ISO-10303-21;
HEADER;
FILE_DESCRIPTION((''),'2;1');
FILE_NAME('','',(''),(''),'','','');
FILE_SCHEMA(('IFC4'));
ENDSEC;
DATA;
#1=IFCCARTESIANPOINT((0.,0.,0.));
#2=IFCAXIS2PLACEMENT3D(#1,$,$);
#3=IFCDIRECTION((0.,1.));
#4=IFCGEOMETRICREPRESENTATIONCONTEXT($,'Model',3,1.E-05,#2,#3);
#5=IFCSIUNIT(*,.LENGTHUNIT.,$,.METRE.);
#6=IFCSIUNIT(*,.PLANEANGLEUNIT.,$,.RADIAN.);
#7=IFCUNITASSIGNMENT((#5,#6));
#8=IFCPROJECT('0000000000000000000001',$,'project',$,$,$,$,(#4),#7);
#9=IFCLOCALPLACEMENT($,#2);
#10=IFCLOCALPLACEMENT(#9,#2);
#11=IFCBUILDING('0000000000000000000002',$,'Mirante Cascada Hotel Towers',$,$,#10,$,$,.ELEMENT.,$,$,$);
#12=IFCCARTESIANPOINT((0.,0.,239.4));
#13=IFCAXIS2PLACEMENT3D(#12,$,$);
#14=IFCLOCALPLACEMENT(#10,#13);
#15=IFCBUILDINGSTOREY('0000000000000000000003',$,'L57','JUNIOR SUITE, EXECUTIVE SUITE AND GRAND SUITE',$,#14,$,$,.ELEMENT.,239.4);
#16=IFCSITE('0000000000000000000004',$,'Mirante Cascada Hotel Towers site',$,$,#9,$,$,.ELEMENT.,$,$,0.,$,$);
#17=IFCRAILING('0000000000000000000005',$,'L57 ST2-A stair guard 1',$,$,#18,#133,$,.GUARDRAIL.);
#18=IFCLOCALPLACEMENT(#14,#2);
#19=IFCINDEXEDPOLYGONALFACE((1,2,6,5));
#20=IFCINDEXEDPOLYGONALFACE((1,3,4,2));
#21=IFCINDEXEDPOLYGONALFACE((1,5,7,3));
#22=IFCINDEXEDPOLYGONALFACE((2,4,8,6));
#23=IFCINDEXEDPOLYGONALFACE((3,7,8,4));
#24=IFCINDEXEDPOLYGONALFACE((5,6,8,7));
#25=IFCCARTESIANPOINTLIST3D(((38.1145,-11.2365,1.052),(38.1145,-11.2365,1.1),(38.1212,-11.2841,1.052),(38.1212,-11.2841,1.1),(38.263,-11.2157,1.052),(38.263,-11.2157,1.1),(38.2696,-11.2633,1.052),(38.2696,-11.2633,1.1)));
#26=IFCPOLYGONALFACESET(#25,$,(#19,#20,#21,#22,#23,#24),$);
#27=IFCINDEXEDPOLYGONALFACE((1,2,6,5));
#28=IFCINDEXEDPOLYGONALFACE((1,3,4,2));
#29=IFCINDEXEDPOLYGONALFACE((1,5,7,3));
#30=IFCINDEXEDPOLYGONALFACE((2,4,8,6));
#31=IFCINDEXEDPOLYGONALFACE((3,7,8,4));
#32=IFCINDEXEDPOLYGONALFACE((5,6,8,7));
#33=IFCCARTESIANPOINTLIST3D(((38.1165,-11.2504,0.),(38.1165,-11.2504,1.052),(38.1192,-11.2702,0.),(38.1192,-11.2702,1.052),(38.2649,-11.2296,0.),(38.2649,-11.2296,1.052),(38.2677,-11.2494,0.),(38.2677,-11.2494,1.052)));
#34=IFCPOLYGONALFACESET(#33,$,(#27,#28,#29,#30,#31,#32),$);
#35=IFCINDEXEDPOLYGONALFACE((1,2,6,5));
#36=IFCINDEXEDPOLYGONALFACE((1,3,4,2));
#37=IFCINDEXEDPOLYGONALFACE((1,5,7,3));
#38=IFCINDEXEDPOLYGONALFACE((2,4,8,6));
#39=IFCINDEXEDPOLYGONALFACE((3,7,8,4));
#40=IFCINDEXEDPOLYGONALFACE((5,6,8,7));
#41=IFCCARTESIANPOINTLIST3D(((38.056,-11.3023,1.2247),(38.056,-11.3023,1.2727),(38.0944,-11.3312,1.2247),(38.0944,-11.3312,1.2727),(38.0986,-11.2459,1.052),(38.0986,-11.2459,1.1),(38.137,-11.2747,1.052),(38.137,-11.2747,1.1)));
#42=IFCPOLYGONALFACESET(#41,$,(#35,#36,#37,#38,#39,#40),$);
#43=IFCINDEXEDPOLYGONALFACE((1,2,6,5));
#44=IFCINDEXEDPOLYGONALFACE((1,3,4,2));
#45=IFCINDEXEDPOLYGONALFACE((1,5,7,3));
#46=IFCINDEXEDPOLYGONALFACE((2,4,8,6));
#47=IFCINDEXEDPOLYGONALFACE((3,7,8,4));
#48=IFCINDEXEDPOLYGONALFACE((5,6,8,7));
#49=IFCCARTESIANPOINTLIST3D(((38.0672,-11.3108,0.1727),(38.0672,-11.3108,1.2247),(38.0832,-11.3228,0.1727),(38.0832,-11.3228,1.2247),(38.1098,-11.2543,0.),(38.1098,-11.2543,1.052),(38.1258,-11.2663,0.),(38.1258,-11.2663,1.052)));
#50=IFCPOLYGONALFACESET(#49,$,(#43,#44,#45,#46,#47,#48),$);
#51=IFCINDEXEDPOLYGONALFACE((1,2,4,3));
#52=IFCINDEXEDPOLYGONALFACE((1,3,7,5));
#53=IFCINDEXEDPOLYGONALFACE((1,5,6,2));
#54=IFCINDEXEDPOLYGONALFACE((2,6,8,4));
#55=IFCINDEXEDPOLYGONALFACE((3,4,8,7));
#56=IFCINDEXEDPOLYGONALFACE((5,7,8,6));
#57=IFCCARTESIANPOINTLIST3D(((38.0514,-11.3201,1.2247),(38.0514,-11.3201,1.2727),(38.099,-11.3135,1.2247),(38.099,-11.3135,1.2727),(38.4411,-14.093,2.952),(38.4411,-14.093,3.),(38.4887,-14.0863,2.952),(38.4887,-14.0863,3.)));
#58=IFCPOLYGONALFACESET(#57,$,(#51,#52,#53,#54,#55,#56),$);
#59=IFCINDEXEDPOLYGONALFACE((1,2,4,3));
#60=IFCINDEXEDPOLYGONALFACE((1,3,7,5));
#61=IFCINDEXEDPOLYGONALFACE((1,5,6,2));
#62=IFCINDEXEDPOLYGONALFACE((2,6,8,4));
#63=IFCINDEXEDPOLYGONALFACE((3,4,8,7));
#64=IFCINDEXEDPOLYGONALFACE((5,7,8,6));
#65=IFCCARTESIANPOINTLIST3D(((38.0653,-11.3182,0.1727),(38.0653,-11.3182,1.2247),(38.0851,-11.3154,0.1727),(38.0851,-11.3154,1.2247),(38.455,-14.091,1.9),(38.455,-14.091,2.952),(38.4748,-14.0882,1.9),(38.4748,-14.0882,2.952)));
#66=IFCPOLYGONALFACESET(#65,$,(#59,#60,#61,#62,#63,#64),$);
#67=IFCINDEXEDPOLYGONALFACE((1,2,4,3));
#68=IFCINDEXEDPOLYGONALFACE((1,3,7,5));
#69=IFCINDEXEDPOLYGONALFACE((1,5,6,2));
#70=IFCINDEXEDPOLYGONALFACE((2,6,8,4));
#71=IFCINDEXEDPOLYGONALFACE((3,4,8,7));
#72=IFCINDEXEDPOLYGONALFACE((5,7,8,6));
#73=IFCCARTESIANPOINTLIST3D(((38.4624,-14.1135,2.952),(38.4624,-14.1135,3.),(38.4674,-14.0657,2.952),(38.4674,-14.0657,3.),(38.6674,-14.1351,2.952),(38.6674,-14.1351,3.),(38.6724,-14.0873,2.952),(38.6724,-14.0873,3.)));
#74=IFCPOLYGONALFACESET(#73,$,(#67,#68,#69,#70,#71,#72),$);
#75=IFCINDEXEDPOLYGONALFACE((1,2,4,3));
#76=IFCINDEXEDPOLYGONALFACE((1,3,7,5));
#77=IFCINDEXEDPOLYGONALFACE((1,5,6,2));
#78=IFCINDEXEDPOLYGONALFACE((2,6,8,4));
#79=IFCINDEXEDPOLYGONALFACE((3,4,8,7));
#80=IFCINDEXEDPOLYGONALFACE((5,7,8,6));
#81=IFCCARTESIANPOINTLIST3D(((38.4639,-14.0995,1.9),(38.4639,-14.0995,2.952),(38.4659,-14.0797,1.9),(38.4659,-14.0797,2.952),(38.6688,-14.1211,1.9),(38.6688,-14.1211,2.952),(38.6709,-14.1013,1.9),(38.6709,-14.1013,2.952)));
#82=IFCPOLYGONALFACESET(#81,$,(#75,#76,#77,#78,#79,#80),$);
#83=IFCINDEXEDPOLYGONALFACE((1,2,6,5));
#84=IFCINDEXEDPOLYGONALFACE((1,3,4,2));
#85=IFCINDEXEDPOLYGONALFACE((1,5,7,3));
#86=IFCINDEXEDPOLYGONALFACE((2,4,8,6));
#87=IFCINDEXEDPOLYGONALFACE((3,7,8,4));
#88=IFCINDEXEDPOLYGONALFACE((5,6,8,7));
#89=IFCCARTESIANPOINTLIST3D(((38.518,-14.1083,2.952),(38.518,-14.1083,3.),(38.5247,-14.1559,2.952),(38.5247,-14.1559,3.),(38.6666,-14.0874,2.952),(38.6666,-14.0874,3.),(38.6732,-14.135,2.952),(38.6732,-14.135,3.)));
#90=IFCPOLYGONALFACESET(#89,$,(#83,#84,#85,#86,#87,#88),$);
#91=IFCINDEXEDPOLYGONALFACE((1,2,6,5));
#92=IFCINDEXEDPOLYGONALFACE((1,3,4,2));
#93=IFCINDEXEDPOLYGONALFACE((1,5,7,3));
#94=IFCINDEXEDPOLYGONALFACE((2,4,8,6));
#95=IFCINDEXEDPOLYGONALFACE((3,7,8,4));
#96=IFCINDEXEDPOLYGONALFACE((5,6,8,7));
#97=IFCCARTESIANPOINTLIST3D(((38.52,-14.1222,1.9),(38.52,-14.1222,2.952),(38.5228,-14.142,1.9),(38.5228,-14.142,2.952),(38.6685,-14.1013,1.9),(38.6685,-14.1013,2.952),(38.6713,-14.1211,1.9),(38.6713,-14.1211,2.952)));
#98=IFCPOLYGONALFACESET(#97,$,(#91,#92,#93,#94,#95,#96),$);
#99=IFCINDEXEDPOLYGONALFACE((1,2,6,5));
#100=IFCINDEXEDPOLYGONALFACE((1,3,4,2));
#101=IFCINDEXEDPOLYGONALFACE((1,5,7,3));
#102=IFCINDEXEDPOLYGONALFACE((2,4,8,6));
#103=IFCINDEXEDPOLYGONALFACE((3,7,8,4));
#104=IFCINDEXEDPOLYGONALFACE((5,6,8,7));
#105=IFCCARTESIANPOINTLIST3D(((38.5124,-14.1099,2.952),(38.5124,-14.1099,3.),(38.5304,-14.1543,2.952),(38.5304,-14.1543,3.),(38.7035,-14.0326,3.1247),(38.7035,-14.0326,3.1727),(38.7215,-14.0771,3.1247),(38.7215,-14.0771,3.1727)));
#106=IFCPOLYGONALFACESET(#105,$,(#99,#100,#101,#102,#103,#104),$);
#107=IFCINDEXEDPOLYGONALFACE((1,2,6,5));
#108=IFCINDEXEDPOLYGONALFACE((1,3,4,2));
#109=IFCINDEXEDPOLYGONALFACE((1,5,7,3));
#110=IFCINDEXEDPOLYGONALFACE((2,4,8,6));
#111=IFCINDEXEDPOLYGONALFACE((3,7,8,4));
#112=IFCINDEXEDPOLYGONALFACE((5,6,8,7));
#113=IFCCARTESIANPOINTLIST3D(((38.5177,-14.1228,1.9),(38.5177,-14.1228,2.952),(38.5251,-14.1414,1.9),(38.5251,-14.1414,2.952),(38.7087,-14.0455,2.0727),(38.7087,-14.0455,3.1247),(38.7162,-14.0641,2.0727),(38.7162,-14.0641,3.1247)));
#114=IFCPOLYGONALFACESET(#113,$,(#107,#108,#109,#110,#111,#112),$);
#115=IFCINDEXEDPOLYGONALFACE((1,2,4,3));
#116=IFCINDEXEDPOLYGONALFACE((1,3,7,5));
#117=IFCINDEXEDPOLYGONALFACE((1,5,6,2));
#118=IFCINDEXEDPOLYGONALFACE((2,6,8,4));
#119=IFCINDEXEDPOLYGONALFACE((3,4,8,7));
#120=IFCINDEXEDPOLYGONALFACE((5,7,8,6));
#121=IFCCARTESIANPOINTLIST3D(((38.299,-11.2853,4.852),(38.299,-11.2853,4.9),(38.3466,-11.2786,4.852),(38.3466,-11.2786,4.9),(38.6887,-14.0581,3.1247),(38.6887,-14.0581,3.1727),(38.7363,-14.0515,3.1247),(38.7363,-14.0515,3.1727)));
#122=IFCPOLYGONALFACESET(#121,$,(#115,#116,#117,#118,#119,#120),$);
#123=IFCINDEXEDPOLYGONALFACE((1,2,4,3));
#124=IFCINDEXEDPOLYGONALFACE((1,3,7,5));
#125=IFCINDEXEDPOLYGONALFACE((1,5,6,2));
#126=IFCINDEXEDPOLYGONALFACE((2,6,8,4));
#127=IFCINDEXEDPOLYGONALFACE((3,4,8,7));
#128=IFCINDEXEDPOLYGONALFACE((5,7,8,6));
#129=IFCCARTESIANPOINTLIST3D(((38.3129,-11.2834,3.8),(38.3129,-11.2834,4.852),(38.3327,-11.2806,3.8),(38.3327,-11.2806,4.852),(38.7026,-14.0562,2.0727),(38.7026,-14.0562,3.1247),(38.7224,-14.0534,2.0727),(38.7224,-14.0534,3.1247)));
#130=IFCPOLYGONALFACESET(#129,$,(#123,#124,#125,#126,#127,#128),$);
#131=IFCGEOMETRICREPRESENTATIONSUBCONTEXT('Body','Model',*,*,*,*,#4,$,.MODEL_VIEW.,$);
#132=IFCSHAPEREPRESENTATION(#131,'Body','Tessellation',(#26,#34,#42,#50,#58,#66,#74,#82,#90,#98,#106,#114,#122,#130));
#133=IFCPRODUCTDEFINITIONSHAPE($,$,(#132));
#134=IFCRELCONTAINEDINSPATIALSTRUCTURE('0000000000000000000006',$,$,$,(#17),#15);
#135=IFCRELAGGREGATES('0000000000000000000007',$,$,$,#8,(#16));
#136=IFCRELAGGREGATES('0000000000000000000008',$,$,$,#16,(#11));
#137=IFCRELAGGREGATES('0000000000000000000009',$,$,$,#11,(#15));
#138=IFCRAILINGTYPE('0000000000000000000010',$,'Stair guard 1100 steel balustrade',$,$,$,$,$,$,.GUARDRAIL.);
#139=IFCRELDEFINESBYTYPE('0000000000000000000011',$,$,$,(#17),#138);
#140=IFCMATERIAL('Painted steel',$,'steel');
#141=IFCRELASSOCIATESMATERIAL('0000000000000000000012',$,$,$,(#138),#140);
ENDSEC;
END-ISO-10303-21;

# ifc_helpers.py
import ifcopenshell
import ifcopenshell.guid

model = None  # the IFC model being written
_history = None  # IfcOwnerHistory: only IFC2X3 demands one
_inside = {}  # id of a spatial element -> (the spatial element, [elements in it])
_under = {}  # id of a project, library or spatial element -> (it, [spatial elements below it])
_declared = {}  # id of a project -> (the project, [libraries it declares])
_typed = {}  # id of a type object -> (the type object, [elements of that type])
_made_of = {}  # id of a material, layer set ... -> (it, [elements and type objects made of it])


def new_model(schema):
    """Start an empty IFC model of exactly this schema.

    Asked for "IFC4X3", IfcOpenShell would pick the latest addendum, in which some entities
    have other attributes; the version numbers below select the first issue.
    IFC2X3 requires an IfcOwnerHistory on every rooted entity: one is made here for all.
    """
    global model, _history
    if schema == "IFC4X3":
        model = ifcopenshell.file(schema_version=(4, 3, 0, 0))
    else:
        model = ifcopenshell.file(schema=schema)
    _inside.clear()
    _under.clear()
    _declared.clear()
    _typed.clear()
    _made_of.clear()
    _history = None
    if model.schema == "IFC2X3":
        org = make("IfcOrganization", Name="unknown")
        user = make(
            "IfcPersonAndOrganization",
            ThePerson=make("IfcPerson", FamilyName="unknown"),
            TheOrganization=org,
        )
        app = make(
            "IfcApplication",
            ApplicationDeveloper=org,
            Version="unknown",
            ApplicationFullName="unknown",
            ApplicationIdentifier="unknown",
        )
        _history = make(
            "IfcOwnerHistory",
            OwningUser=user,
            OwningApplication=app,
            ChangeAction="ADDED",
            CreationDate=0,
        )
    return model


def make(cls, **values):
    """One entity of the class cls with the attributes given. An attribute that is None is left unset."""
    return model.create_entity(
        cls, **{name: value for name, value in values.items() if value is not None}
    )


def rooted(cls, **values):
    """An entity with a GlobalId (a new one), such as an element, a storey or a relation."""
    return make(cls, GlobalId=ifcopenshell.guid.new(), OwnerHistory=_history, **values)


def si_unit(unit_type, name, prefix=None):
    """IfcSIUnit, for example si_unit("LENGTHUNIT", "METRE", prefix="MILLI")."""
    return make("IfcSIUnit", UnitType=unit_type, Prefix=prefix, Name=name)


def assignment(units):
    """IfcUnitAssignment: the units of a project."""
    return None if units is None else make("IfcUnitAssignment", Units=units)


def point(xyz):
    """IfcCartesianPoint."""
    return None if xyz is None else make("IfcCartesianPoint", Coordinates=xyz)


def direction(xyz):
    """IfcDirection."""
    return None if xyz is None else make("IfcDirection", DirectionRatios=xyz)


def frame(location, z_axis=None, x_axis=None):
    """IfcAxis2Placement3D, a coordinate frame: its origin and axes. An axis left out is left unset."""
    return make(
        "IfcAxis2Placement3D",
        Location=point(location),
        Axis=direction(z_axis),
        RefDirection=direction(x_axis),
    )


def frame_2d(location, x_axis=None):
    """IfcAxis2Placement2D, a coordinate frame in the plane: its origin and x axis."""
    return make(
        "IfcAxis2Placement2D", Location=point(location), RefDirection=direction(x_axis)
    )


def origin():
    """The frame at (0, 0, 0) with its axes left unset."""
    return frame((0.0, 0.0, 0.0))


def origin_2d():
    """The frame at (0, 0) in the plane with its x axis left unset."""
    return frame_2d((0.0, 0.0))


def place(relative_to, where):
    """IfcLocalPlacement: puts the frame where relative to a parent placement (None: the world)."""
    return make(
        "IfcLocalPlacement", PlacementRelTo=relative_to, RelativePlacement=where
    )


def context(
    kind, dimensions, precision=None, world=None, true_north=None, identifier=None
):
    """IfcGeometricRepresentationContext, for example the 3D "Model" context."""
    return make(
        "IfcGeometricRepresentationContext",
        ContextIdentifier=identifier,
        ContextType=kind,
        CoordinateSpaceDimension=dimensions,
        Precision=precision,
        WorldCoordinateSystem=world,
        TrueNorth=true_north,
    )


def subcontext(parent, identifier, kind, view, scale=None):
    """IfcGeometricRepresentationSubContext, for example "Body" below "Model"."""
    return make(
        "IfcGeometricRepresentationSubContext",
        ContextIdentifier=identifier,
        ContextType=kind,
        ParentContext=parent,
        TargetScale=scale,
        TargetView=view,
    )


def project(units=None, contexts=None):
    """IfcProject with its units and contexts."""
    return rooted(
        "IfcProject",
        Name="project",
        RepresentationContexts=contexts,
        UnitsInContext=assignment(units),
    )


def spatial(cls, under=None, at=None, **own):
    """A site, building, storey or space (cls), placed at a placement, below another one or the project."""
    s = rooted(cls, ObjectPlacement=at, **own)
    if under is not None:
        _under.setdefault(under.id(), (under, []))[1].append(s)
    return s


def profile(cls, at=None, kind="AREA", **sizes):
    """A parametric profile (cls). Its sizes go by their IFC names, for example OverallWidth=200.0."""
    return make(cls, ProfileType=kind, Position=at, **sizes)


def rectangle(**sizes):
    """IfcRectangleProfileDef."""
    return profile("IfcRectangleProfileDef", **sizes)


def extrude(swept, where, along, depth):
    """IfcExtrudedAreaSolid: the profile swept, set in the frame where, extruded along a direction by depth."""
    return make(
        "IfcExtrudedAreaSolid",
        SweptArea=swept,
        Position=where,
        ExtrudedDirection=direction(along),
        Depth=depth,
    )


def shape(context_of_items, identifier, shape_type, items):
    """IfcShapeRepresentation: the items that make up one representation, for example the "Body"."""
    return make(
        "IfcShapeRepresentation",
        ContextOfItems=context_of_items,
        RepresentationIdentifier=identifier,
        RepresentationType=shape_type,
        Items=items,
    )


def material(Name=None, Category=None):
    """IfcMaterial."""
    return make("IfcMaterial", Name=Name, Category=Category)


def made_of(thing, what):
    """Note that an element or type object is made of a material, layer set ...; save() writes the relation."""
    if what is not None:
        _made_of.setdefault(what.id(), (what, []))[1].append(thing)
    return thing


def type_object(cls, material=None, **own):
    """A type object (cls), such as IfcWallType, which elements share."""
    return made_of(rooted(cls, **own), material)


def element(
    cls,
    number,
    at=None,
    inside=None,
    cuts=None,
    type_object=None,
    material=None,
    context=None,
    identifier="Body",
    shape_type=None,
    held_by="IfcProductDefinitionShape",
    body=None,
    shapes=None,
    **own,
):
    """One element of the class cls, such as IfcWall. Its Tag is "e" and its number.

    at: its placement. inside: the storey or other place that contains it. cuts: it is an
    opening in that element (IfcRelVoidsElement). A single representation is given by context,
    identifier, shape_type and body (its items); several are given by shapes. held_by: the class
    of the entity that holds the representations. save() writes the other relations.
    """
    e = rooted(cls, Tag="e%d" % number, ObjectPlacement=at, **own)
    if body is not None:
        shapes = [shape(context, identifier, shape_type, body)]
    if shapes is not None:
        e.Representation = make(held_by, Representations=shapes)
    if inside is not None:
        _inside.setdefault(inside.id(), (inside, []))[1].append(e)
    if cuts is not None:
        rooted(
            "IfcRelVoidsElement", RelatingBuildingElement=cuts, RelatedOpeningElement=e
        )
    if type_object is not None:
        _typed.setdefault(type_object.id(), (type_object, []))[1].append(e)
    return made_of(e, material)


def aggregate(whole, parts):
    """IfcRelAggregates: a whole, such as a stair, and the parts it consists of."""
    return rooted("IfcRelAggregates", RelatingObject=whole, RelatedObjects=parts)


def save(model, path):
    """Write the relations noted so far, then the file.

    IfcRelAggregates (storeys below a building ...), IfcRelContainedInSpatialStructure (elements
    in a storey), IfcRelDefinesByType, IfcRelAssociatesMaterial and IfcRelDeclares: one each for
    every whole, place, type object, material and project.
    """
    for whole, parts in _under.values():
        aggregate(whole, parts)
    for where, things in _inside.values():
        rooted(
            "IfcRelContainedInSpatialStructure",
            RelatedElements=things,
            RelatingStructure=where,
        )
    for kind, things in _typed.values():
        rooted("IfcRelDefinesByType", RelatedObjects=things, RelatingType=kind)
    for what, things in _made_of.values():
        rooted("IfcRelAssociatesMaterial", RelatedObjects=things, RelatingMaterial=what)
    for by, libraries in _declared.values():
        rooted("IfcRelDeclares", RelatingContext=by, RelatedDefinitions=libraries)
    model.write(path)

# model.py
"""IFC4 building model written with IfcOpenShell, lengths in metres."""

from ifc_helpers import new_model, si_unit, direction, frame, origin, origin_2d, place, context, subcontext, project, spatial, rectangle, extrude, material, type_object, element, save


model = new_model("IFC4")

# Units and contexts
model_context = context("Model", 3, precision=1e-05, world=origin(), true_north=direction((0.0, 1.0)))
body_context = subcontext(model_context, "Body", "Model", "MODEL_VIEW")
ifc_project = project(units=[si_unit("LENGTHUNIT", "METRE"), si_unit("PLANEANGLEUNIT", "RADIAN")], contexts=[model_context])

# Site, building, storey
site_placement = place(None, origin())
site = spatial("IfcSite", under=ifc_project, at=site_placement, Name="Mirante Cascada Hotel Towers site", CompositionType="ELEMENT", RefElevation=0.0)
building_placement = place(site_placement, origin())
building = spatial("IfcBuilding", under=site, at=building_placement, Name="Mirante Cascada Hotel Towers", CompositionType="ELEMENT")
storey_placement = place(building_placement, frame((0.0, 0.0, 239.4)))
storey = spatial("IfcBuildingStorey", under=building, at=storey_placement, Name="L57", Description="JUNIOR SUITE, EXECUTIVE SUITE AND GRAND SUITE", CompositionType="ELEMENT", Elevation=239.4)

# Railing
ifc_material_1 = material(Name="Painted steel", Category="steel")
railing_type = type_object("IfcRailingType", Name="Stair guard 1100 steel balustrade", PredefinedType="GUARDRAIL", material=ifc_material_1)
railing_placement = place(storey_placement, frame((38.2663, -11.2395, 0.0)))
element("IfcRailing", 1, at=railing_placement, inside=storey, type_object=railing_type, Name="L57 ST2-A stair guard 1", PredefinedType="GUARDRAIL", context=body_context, shape_type="SweptSolid", body=[
    extrude(rectangle(XDim=0.048, YDim=0.048, at=origin_2d()), frame((0.0, 0.0, 1.076), z_axis=(-0.990333, -0.138713, 0.0), x_axis=(0.138713, -0.990333, 0.0)), (0.0, 0.0, 1.0), 0.1499),
    extrude(rectangle(XDim=0.02, YDim=1.052, at=origin_2d()), frame((0.0, 0.0, 0.526), z_axis=(-0.990333, -0.138713, 0.0), x_axis=(0.138713, -0.990333, 0.0)), (0.0, 0.0, 1.0), 0.1499),
    extrude(rectangle(XDim=0.048, YDim=0.048, at=origin_2d()), frame((-0.1485, -0.0208, 1.076), z_axis=(-0.602033, -0.798471, 0.0), x_axis=(0.798471, -0.602033, 0.0)), (0.0, 0.92534, 0.379139), 0.1866),
    extrude(rectangle(XDim=0.02, YDim=1.052, at=origin_2d()), frame((-0.1485, -0.0208, 0.526), z_axis=(-0.602033, -0.798471, 0.0), x_axis=(0.798471, -0.602033, 0.0)), (0.0, 0.92534, 0.379139), 0.1866),
    extrude(rectangle(XDim=0.048, YDim=0.048, at=origin_2d()), frame((-0.1911, -0.0773, 1.2487), z_axis=(0.139176, -0.990268, 0.0), x_axis=(0.990268, 0.139176, 0.0)), (0.0, 0.525021, 0.851089), 3.29),
    extrude(rectangle(XDim=0.02, YDim=1.052, at=origin_2d()), frame((-0.1911, -0.0773, 0.6987), z_axis=(0.139176, -0.990268, 0.0), x_axis=(0.990268, 0.139176, 0.0)), (0.0, 0.525021, 0.851089), 3.29),
    extrude(rectangle(XDim=0.048, YDim=0.048, at=origin_2d()), frame((0.1986, -2.8501, 2.976), z_axis=(0.994495, -0.104786, 0.0), x_axis=(0.104786, 0.994495, 0.0)), (0.0, 0.0, 1.0), 0.2061),
    extrude(rectangle(XDim=0.02, YDim=1.052, at=origin_2d()), frame((0.1986, -2.8501, 2.426), z_axis=(0.994495, -0.104786, 0.0), x_axis=(0.104786, 0.994495, 0.0)), (0.0, 0.0, 1.0), 0.2061),
    extrude(rectangle(XDim=0.048, YDim=0.048, at=origin_2d()), frame((0.4036, -2.8717, 2.976), z_axis=(-0.990241, -0.139367, 0.0), x_axis=(0.139367, -0.990241, 0.0)), (0.0, 0.0, 1.0), 0.15),
    extrude(rectangle(XDim=0.02, YDim=1.052, at=origin_2d()), frame((0.4036, -2.8717, 2.426), z_axis=(-0.990241, -0.139367, 0.0), x_axis=(0.139367, -0.990241, 0.0)), (0.0, 0.0, 1.0), 0.15),
    extrude(rectangle(XDim=0.048, YDim=0.048, at=origin_2d()), frame((0.2551, -2.8926, 2.976), z_axis=(0.927031, 0.374984, 0.0), x_axis=(-0.374984, 0.927031, 0.0)), (0.0, 0.64219, 0.766545), 0.2689),
    extrude(rectangle(XDim=0.02, YDim=1.052, at=origin_2d()), frame((0.2551, -2.8926, 2.426), z_axis=(0.927031, 0.374984, 0.0), x_axis=(-0.374984, 0.927031, 0.0)), (0.0, 0.64219, 0.766545), 0.2689),
    extrude(rectangle(XDim=0.048, YDim=0.048, at=origin_2d()), frame((0.4462, -2.8153, 3.1487), z_axis=(-0.139176, 0.990268, 0.0), x_axis=(-0.990268, -0.139176, 0.0)), (0.0, 0.525021, 0.851089), 3.29),
    extrude(rectangle(XDim=0.02, YDim=1.052, at=origin_2d()), frame((0.4462, -2.8153, 2.5987), z_axis=(-0.139176, 0.990268, 0.0), x_axis=(-0.990268, -0.139176, 0.0)), (0.0, 0.525021, 0.851089), 3.29),
])

save(model, "model.ifc")
